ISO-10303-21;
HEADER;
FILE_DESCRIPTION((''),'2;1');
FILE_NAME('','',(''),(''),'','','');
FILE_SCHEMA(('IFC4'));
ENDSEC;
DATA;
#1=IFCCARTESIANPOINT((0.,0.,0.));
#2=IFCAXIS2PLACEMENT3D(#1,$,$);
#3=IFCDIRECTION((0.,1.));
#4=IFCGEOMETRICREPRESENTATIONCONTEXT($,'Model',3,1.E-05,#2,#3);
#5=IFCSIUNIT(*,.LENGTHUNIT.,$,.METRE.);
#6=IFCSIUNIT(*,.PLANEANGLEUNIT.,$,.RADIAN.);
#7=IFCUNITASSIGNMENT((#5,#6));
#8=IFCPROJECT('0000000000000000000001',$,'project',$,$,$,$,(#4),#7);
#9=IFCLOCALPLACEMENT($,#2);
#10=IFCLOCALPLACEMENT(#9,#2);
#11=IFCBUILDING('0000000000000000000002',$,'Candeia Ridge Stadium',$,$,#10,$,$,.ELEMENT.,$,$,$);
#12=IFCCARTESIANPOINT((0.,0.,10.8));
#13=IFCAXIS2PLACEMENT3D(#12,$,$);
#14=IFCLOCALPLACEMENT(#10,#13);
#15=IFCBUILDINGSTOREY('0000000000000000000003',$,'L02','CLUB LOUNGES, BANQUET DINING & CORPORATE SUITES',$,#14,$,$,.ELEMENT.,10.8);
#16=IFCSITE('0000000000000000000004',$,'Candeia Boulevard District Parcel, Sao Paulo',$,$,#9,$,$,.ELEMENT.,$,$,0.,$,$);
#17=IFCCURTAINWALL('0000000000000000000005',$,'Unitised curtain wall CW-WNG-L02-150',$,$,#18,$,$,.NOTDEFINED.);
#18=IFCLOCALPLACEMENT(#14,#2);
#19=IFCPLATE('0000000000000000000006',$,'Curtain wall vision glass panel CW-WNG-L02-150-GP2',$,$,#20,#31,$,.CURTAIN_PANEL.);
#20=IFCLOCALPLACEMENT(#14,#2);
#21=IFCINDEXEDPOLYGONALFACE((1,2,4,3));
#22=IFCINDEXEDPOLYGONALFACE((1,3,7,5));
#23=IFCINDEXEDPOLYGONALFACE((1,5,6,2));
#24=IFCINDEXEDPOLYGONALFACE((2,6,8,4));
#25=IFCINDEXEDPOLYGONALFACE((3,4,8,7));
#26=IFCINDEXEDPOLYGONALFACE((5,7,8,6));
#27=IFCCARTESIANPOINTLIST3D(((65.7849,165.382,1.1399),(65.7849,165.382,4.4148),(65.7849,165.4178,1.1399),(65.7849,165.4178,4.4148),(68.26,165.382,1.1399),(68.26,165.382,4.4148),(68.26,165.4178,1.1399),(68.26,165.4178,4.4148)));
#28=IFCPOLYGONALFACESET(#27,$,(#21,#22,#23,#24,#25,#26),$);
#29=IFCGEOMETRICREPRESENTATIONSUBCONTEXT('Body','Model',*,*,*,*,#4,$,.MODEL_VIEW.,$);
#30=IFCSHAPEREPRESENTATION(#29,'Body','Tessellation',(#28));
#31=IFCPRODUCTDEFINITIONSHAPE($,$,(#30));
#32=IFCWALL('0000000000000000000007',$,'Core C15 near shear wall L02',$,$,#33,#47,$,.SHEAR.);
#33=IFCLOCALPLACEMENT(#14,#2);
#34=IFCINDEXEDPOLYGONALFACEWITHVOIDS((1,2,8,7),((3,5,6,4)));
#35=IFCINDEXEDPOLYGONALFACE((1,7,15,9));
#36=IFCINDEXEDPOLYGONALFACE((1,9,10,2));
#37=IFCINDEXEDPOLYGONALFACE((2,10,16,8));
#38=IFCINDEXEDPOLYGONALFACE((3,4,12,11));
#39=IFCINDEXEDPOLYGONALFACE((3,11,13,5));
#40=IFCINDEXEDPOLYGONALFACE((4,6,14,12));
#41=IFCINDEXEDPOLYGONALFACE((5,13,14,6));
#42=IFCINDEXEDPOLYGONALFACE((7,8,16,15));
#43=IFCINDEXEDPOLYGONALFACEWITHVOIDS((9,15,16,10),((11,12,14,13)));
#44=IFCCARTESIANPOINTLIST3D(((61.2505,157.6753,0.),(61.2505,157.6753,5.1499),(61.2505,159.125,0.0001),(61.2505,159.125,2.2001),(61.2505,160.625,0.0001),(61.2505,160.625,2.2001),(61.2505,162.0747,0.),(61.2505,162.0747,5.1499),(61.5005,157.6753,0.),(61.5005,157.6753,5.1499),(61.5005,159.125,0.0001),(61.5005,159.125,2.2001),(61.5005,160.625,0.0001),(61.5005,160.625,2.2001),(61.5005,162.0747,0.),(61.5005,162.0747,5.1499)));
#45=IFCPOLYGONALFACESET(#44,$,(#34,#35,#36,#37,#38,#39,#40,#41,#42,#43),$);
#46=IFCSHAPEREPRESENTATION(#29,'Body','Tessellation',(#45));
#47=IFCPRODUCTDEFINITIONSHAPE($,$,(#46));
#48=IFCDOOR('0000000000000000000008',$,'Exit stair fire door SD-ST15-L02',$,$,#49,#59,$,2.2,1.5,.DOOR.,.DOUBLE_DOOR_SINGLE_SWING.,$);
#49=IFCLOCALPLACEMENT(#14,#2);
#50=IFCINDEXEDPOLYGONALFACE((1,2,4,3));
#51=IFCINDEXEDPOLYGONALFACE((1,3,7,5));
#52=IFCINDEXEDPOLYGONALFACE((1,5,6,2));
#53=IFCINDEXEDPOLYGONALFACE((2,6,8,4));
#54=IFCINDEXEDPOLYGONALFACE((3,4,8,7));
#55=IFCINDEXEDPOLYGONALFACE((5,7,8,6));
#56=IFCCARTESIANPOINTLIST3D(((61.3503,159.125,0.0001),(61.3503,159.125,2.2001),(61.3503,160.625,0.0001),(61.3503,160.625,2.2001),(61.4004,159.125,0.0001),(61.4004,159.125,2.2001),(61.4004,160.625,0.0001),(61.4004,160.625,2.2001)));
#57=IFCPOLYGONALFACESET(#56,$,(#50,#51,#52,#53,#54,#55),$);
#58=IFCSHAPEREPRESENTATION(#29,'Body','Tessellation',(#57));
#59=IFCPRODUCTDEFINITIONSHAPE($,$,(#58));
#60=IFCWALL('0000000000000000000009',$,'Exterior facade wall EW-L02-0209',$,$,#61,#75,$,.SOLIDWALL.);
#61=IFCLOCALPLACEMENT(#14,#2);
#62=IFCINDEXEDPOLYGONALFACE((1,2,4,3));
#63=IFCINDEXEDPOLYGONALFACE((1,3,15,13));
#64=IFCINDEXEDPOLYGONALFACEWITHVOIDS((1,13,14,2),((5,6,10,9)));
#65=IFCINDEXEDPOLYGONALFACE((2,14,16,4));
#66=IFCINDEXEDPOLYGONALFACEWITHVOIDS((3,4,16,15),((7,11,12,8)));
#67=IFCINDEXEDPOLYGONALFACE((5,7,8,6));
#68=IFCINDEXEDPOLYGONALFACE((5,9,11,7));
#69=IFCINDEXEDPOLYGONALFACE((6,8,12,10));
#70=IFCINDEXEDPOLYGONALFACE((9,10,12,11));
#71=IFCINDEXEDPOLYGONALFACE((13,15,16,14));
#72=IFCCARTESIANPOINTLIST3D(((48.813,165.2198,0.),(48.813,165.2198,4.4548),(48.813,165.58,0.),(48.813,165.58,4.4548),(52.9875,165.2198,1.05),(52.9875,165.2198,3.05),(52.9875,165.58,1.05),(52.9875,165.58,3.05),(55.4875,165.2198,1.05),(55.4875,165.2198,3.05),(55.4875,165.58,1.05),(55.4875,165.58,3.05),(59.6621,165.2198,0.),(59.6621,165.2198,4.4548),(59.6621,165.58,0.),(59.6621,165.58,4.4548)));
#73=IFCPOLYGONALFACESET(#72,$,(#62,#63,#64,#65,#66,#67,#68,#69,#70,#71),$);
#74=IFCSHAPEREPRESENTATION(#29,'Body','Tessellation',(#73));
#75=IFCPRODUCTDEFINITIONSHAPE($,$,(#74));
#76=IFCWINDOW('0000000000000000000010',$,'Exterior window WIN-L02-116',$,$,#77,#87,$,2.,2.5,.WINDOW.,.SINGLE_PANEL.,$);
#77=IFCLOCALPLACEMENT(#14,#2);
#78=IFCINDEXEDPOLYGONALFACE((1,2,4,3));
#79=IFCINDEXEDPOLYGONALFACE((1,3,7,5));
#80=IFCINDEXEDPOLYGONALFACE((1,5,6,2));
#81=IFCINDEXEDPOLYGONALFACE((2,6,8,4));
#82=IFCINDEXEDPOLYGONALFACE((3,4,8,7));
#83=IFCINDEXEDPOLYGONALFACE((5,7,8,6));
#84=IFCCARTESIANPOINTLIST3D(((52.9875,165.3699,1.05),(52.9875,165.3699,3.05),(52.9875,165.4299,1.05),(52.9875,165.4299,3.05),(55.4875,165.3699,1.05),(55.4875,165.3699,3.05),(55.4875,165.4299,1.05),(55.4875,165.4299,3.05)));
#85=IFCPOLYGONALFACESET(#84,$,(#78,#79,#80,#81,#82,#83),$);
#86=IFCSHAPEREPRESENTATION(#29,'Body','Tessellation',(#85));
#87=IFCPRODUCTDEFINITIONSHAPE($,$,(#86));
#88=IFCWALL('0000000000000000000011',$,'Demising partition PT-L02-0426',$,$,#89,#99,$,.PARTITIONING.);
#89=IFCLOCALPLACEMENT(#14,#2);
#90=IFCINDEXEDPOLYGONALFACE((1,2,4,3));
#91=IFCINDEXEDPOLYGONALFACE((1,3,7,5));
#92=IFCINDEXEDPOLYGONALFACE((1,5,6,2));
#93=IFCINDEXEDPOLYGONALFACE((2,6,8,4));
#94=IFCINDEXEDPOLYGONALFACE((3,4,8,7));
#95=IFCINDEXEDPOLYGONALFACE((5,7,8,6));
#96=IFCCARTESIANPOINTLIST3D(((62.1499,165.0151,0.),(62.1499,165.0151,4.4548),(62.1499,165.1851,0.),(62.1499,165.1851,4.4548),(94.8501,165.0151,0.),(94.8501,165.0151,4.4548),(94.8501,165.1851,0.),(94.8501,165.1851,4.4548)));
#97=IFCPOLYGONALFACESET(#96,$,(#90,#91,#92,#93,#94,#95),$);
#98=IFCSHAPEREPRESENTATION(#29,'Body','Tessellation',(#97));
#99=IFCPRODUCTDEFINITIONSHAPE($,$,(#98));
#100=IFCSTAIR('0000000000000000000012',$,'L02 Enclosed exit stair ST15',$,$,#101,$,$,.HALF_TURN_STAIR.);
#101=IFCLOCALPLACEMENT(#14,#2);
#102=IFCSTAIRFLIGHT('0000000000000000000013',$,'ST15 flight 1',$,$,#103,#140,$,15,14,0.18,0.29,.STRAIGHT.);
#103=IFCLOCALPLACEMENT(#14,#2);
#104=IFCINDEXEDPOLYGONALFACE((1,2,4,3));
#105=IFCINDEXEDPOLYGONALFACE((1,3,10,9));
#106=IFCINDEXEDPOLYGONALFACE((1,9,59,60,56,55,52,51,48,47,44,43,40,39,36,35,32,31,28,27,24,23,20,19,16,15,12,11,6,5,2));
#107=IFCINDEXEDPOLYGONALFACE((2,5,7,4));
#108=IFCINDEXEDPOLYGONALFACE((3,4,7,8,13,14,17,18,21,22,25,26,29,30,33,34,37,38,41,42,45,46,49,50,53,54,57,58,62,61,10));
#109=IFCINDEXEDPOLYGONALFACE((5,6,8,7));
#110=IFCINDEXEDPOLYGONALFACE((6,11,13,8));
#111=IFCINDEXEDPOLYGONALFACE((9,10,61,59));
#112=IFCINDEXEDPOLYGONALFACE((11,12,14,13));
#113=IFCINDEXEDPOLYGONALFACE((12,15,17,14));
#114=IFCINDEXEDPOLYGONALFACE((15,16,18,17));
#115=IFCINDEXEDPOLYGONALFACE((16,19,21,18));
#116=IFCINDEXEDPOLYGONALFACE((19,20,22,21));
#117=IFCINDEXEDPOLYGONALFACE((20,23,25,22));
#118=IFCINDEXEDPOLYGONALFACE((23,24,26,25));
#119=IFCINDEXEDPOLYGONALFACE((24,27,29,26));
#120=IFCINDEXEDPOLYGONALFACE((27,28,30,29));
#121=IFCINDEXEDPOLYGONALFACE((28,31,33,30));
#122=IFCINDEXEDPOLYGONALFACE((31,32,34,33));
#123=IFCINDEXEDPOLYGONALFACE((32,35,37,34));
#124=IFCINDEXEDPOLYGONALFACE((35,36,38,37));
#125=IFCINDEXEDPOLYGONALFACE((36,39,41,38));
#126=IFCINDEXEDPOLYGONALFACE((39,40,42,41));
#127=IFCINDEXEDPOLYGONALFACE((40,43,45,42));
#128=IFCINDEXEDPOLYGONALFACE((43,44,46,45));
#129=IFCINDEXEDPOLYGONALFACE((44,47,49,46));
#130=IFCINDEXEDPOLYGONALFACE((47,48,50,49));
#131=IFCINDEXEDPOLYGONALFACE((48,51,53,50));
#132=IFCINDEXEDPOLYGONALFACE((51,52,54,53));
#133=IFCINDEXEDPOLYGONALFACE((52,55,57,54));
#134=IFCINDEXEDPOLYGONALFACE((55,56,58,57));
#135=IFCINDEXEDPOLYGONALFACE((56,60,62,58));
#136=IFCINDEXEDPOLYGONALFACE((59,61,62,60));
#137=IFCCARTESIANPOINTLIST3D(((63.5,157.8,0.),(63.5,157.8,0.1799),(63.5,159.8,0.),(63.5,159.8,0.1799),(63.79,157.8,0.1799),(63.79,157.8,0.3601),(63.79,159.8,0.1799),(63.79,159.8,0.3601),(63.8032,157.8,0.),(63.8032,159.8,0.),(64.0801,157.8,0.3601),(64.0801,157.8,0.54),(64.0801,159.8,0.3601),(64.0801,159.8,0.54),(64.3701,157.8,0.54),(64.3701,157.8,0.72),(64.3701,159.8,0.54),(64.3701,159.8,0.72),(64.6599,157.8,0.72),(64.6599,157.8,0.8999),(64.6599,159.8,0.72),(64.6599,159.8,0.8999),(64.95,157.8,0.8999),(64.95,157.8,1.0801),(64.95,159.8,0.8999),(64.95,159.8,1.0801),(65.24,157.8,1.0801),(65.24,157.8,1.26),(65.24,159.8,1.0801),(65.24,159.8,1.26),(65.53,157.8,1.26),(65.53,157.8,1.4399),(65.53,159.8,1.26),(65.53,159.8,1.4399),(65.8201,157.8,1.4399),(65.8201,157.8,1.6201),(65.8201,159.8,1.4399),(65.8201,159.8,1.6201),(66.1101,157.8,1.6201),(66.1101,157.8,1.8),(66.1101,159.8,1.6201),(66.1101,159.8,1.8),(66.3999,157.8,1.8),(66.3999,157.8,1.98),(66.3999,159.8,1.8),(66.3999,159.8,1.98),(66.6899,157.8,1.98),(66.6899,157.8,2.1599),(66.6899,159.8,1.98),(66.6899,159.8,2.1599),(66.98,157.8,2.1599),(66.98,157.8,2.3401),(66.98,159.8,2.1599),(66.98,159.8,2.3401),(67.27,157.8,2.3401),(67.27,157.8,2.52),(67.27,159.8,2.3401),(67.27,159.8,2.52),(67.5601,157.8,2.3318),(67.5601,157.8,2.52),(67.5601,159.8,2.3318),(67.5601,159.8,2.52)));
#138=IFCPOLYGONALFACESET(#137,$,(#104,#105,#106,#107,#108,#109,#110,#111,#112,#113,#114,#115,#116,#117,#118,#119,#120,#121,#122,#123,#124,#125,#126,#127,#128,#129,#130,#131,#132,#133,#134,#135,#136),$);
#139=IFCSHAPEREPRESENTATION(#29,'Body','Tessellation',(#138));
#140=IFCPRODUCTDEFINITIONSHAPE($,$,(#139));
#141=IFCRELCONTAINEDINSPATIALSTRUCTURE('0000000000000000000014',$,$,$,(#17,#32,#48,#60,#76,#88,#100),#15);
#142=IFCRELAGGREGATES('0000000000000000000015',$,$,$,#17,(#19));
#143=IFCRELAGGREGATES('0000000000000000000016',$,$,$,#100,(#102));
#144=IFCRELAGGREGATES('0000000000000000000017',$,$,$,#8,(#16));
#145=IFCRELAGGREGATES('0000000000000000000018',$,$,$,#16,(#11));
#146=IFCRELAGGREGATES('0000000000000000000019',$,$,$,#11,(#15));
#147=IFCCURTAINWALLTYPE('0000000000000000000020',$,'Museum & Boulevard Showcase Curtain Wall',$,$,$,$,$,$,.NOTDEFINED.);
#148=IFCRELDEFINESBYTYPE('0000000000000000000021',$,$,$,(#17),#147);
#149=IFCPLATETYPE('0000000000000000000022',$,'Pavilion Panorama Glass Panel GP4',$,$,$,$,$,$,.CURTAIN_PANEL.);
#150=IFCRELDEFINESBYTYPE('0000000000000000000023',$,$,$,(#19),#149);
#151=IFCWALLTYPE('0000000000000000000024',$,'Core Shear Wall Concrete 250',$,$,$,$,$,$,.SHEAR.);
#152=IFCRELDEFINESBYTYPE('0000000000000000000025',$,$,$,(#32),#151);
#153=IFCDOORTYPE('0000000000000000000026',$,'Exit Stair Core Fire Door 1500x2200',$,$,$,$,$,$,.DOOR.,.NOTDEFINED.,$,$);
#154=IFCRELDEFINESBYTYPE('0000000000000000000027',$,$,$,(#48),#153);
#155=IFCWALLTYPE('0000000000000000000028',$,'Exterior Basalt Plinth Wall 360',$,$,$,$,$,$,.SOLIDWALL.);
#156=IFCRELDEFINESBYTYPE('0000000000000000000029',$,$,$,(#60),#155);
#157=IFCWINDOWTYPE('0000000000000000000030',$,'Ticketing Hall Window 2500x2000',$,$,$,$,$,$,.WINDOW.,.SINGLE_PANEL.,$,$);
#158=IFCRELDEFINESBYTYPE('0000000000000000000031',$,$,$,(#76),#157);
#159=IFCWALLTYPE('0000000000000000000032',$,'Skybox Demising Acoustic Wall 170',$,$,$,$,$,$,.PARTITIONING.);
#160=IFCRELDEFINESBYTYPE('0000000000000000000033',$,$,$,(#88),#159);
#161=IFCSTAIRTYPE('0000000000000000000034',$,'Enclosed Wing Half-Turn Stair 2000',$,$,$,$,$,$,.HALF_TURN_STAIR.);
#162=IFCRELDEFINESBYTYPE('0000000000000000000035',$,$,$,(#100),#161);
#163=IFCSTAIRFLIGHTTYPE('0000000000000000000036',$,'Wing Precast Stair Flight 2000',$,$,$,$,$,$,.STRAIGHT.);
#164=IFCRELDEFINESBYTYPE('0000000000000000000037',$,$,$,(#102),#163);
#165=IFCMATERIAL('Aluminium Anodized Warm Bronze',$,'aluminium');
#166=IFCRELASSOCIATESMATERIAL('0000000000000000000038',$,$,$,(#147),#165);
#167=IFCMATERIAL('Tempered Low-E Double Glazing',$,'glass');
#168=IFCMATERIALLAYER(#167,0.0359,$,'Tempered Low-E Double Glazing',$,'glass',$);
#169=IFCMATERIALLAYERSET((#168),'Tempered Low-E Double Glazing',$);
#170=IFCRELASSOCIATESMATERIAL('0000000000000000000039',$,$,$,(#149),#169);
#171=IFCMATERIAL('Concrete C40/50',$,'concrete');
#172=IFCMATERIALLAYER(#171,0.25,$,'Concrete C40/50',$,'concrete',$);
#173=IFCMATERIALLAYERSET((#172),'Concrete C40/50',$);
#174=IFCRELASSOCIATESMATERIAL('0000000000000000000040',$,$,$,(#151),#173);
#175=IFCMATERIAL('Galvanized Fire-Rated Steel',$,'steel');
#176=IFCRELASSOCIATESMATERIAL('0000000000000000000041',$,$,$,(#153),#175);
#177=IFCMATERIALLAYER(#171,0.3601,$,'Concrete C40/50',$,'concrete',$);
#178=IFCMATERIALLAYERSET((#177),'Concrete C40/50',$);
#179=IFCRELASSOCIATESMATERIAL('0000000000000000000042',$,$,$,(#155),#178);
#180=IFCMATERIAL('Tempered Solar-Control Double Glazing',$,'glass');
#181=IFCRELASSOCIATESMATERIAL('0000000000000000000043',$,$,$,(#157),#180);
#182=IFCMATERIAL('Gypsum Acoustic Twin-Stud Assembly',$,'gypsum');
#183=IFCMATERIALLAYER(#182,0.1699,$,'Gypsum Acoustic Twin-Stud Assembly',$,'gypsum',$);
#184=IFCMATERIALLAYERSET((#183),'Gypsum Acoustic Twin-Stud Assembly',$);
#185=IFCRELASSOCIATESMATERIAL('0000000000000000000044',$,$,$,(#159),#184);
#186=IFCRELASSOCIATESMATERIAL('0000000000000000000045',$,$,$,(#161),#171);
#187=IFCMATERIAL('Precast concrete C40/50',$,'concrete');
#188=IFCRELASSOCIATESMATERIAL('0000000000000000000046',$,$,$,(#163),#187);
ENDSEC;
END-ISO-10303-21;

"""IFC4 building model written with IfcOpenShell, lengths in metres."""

from ifc_helpers import new_model, si_unit, direction, frame, frame_2d, origin, origin_2d, place, context, subcontext, project, spatial, polyline, rectangle, outline, extrude, material, layer, layer_set, type_object, element, fill, aggregate, save


model = new_model("IFC4")

# Units and contexts
model_context = context("Model", 3, precision=1e-05, world=origin(), true_north=direction((0.0, 1.0)))
body_context = subcontext(model_context, "Body", "Model", "MODEL_VIEW")
ifc_project = project(units=[si_unit("LENGTHUNIT", "METRE"), si_unit("PLANEANGLEUNIT", "RADIAN")], contexts=[model_context])

# Site, building, storey
site_placement = place(None, origin())
site = spatial("IfcSite", under=ifc_project, at=site_placement, Name="Candeia Boulevard District Parcel, Sao Paulo", CompositionType="ELEMENT", RefElevation=0.0)
building_placement = place(site_placement, origin())
building = spatial("IfcBuilding", under=site, at=building_placement, Name="Candeia Ridge Stadium", CompositionType="ELEMENT")
storey_placement = place(building_placement, frame((0.0, 0.0, 10.8)))
storey = spatial("IfcBuildingStorey", under=building, at=storey_placement, Name="L02", Description="CLUB LOUNGES, BANQUET DINING & CORPORATE SUITES", CompositionType="ELEMENT", Elevation=10.8)

# Shared definitions
ifc_material_1 = material(Name="Concrete C40/50", Category="concrete")

# Curtain wall
ifc_material_2 = material(Name="Aluminium Anodized Warm Bronze", Category="aluminium")
curtain_wall_type = type_object("IfcCurtainWallType", Name="Museum & Boulevard Showcase Curtain Wall", PredefinedType="NOTDEFINED", material=ifc_material_2)
curtain_wall_placement = place(storey_placement, origin())
curtain_wall = element("IfcCurtainWall", 1, at=curtain_wall_placement, inside=storey, type_object=curtain_wall_type, Name="Unitised curtain wall CW-WNG-L02-150", PredefinedType="NOTDEFINED")

# Plate
ifc_material_3 = material(Name="Tempered Low-E Double Glazing", Category="glass")
ifc_layer_1 = layer(ifc_material_3, 0.0359, Name="Tempered Low-E Double Glazing", Category="glass")
ifc_layer_set_1 = layer_set([ifc_layer_1], Name="Tempered Low-E Double Glazing")
plate_type_1 = type_object("IfcPlateType", Name="Pavilion Panorama Glass Panel GP4", PredefinedType="CURTAIN_PANEL", material=ifc_layer_set_1)
plate_1_placement = place(storey_placement, frame((67.0225, 165.3999, 1.1399), z_axis=(0.0, 0.0, 1.0), x_axis=(1.0, 0.0, 0.0)))
plate_1 = element("IfcPlate", 2, at=plate_1_placement, type_object=plate_type_1, Name="Curtain wall vision glass panel CW-WNG-L02-150-GP2", PredefinedType="CURTAIN_PANEL", context=body_context, shape_type="SweptSolid", body=[
    extrude(rectangle(XDim=2.4751, YDim=0.0359, at=origin_2d()), origin(), (0.0, 0.0, 1.0), 3.2749),
])
aggregate(curtain_wall, [plate_1])

# Wall, opening, door
ifc_layer_2 = layer(ifc_material_1, 0.25, Name="Concrete C40/50", Category="concrete")
ifc_layer_set_2 = layer_set([ifc_layer_2], Name="Concrete C40/50")
wall_type_1 = type_object("IfcWallType", Name="Core Shear Wall Concrete 250", PredefinedType="SHEAR", material=ifc_layer_set_2)
wall_1_placement = place(storey_placement, frame((61.3755, 162.0747, 0.0), z_axis=(0.0, 0.0, 1.0), x_axis=(0.0, -1.0, 0.0)))
wall_1 = element("IfcWall", 3, at=wall_1_placement, inside=storey, type_object=wall_type_1, Name="Core C15 near shear wall L02", PredefinedType="SHEAR", context=body_context, shape_type="SweptSolid", body=[
    extrude(rectangle(XDim=4.3994, YDim=0.25, at=frame_2d((2.1997, 0.0))), origin(), (0.0, 0.0, 1.0), 5.1499),
])
opening_1_placement = place(wall_1_placement, frame((1.4497, 0.0, 0.0)))
opening_1 = element("IfcOpeningElement", 4, at=opening_1_placement, cuts=wall_1, PredefinedType="OPENING", context=body_context, shape_type="SweptSolid", body=[
    extrude(rectangle(XDim=1.5, YDim=2.2, at=frame_2d((0.75, 1.1001))), frame((0.0, 0.135, 0.0), z_axis=(0.0, -1.0, 0.0), x_axis=(1.0, 0.0, 0.0)), (0.0, 0.0, 1.0), 0.27),
])
ifc_material_4 = material(Name="Galvanized Fire-Rated Steel", Category="steel")
door_type = type_object("IfcDoorType", Name="Exit Stair Core Fire Door 1500x2200", OperationType="NOTDEFINED", PredefinedType="DOOR", material=ifc_material_4)
door_placement = place(opening_1_placement, origin())
door = element("IfcDoor", 5, at=door_placement, inside=storey, type_object=door_type, Name="Exit stair fire door SD-ST15-L02", OperationType="DOUBLE_DOOR_SINGLE_SWING", OverallHeight=2.2, OverallWidth=1.5, PredefinedType="DOOR", context=body_context, shape_type="SweptSolid", body=[
    extrude(rectangle(XDim=1.5, YDim=2.2, at=frame_2d((0.75, 1.1001))), frame((0.0, 0.0249, 0.0), z_axis=(0.0, -1.0, 0.0), x_axis=(1.0, 0.0, 0.0)), (0.0, 0.0, 1.0), 0.05),
])
fill(opening_1, door)

# Wall, opening, window
ifc_layer_3 = layer(ifc_material_1, 0.3601, Name="Concrete C40/50", Category="concrete")
ifc_layer_set_3 = layer_set([ifc_layer_3], Name="Concrete C40/50")
wall_type_2 = type_object("IfcWallType", Name="Exterior Basalt Plinth Wall 360", PredefinedType="SOLIDWALL", material=ifc_layer_set_3)
wall_2_placement = place(storey_placement, frame((48.813, 165.3999, 0.0), z_axis=(0.0, 0.0, 1.0), x_axis=(1.0, 0.0, 0.0)))
wall_2 = element("IfcWall", 6, at=wall_2_placement, inside=storey, type_object=wall_type_2, Name="Exterior facade wall EW-L02-0209", PredefinedType="SOLIDWALL", context=body_context, shape_type="SweptSolid", body=[
    extrude(rectangle(XDim=10.8491, YDim=0.3601, at=frame_2d((5.4246, 0.0))), origin(), (0.0, 0.0, 1.0), 4.4548),
])
opening_2_placement = place(wall_2_placement, frame((4.1746, 0.0, 1.05)))
opening_2 = element("IfcOpeningElement", 7, at=opening_2_placement, cuts=wall_2, PredefinedType="OPENING", context=body_context, shape_type="SweptSolid", body=[
    extrude(rectangle(XDim=2.5, YDim=2.0, at=frame_2d((1.25, 1.0))), frame((0.0, 0.1899, 0.0), z_axis=(0.0, -1.0, 0.0), x_axis=(1.0, 0.0, 0.0)), (0.0, 0.0, 1.0), 0.3801),
])
ifc_material_5 = material(Name="Tempered Solar-Control Double Glazing", Category="glass")
window_type = type_object("IfcWindowType", Name="Ticketing Hall Window 2500x2000", PartitioningType="SINGLE_PANEL", PredefinedType="WINDOW", material=ifc_material_5)
window_placement = place(opening_2_placement, origin())
window = element("IfcWindow", 8, at=window_placement, inside=storey, type_object=window_type, Name="Exterior window WIN-L02-116", OverallHeight=2.0, OverallWidth=2.5, PartitioningType="SINGLE_PANEL", PredefinedType="WINDOW", context=body_context, shape_type="SweptSolid", body=[
    extrude(rectangle(XDim=2.5, YDim=2.0, at=frame_2d((1.25, 1.0))), frame((0.0, 0.03, 0.0), z_axis=(0.0, -1.0, 0.0), x_axis=(1.0, 0.0, 0.0)), (0.0, 0.0, 1.0), 0.0601),
])
fill(opening_2, window)

# Wall
ifc_material_6 = material(Name="Gypsum Acoustic Twin-Stud Assembly", Category="gypsum")
ifc_layer_4 = layer(ifc_material_6, 0.1699, Name="Gypsum Acoustic Twin-Stud Assembly", Category="gypsum")
ifc_layer_set_4 = layer_set([ifc_layer_4], Name="Gypsum Acoustic Twin-Stud Assembly")
wall_type_3 = type_object("IfcWallType", Name="Skybox Demising Acoustic Wall 170", PredefinedType="PARTITIONING", material=ifc_layer_set_4)
wall_3_placement = place(storey_placement, frame((62.1499, 165.1001, 0.0), z_axis=(0.0, 0.0, 1.0), x_axis=(1.0, 0.0, 0.0)))
element("IfcWall", 9, at=wall_3_placement, inside=storey, type_object=wall_type_3, Name="Demising partition PT-L02-0426", PredefinedType="PARTITIONING", context=body_context, shape_type="SweptSolid", body=[
    extrude(rectangle(XDim=32.7002, YDim=0.1699, at=frame_2d((16.3501, 0.0))), origin(), (0.0, 0.0, 1.0), 4.4548),
])

# Stair, stair flight
stair_type = type_object("IfcStairType", Name="Enclosed Wing Half-Turn Stair 2000", PredefinedType="HALF_TURN_STAIR", material=ifc_material_1)
stair_placement = place(storey_placement, origin())
stair = element("IfcStair", 10, at=stair_placement, inside=storey, type_object=stair_type, Name="L02 Enclosed exit stair ST15", PredefinedType="HALF_TURN_STAIR")
ifc_material_7 = material(Name="Precast concrete C40/50", Category="concrete")
stair_flight_type = type_object("IfcStairFlightType", Name="Wing Precast Stair Flight 2000", PredefinedType="STRAIGHT", material=ifc_material_7)
stair_flight_placement = place(storey_placement, frame((63.5, 158.8, 0.0), z_axis=(0.0, 0.0, 1.0), x_axis=(1.0, 0.0, 0.0)))
stair_flight = element("IfcStairFlight", 11, at=stair_flight_placement, type_object=stair_flight_type, Name="ST15 flight 1", NumberOfRisers=15, NumberOfTreads=14, PredefinedType="STRAIGHT", RiserHeight=0.18, TreadLength=0.29, context=body_context, shape_type="SweptSolid", body=[
    extrude(outline(polyline([(0.0, 0.0), (0.0, 0.1799), (0.29, 0.1799), (0.29, 0.3601), (0.5801, 0.3601), (0.5801, 0.54), (0.8701, 0.54), (0.8701, 0.72), (1.1599, 0.72), (1.1599, 0.8999), (1.45, 0.8999), (1.45, 1.0801), (1.74, 1.0801), (1.74, 1.26), (2.03, 1.26), (2.03, 1.4399), (2.3201, 1.4399), (2.3201, 1.6201), (2.6101, 1.6201), (2.6101, 1.8), (2.8999, 1.8), (2.8999, 1.98), (3.1899, 1.98), (3.1899, 2.1599), (3.48, 2.1599), (3.48, 2.3401), (3.77, 2.3401), (3.77, 2.52), (4.0601, 2.52), (4.0601, 2.7), (4.0601, 2.3318), (0.3032, 0.0), (0.0, 0.0)])), frame((0.0, 1.0, 0.0), z_axis=(0.0, -1.0, 0.0), x_axis=(1.0, 0.0, 0.0)), (0.0, 0.0, 1.0), 2.0),
])
aggregate(stair, [stair_flight])

save(model, "model.ifc")
